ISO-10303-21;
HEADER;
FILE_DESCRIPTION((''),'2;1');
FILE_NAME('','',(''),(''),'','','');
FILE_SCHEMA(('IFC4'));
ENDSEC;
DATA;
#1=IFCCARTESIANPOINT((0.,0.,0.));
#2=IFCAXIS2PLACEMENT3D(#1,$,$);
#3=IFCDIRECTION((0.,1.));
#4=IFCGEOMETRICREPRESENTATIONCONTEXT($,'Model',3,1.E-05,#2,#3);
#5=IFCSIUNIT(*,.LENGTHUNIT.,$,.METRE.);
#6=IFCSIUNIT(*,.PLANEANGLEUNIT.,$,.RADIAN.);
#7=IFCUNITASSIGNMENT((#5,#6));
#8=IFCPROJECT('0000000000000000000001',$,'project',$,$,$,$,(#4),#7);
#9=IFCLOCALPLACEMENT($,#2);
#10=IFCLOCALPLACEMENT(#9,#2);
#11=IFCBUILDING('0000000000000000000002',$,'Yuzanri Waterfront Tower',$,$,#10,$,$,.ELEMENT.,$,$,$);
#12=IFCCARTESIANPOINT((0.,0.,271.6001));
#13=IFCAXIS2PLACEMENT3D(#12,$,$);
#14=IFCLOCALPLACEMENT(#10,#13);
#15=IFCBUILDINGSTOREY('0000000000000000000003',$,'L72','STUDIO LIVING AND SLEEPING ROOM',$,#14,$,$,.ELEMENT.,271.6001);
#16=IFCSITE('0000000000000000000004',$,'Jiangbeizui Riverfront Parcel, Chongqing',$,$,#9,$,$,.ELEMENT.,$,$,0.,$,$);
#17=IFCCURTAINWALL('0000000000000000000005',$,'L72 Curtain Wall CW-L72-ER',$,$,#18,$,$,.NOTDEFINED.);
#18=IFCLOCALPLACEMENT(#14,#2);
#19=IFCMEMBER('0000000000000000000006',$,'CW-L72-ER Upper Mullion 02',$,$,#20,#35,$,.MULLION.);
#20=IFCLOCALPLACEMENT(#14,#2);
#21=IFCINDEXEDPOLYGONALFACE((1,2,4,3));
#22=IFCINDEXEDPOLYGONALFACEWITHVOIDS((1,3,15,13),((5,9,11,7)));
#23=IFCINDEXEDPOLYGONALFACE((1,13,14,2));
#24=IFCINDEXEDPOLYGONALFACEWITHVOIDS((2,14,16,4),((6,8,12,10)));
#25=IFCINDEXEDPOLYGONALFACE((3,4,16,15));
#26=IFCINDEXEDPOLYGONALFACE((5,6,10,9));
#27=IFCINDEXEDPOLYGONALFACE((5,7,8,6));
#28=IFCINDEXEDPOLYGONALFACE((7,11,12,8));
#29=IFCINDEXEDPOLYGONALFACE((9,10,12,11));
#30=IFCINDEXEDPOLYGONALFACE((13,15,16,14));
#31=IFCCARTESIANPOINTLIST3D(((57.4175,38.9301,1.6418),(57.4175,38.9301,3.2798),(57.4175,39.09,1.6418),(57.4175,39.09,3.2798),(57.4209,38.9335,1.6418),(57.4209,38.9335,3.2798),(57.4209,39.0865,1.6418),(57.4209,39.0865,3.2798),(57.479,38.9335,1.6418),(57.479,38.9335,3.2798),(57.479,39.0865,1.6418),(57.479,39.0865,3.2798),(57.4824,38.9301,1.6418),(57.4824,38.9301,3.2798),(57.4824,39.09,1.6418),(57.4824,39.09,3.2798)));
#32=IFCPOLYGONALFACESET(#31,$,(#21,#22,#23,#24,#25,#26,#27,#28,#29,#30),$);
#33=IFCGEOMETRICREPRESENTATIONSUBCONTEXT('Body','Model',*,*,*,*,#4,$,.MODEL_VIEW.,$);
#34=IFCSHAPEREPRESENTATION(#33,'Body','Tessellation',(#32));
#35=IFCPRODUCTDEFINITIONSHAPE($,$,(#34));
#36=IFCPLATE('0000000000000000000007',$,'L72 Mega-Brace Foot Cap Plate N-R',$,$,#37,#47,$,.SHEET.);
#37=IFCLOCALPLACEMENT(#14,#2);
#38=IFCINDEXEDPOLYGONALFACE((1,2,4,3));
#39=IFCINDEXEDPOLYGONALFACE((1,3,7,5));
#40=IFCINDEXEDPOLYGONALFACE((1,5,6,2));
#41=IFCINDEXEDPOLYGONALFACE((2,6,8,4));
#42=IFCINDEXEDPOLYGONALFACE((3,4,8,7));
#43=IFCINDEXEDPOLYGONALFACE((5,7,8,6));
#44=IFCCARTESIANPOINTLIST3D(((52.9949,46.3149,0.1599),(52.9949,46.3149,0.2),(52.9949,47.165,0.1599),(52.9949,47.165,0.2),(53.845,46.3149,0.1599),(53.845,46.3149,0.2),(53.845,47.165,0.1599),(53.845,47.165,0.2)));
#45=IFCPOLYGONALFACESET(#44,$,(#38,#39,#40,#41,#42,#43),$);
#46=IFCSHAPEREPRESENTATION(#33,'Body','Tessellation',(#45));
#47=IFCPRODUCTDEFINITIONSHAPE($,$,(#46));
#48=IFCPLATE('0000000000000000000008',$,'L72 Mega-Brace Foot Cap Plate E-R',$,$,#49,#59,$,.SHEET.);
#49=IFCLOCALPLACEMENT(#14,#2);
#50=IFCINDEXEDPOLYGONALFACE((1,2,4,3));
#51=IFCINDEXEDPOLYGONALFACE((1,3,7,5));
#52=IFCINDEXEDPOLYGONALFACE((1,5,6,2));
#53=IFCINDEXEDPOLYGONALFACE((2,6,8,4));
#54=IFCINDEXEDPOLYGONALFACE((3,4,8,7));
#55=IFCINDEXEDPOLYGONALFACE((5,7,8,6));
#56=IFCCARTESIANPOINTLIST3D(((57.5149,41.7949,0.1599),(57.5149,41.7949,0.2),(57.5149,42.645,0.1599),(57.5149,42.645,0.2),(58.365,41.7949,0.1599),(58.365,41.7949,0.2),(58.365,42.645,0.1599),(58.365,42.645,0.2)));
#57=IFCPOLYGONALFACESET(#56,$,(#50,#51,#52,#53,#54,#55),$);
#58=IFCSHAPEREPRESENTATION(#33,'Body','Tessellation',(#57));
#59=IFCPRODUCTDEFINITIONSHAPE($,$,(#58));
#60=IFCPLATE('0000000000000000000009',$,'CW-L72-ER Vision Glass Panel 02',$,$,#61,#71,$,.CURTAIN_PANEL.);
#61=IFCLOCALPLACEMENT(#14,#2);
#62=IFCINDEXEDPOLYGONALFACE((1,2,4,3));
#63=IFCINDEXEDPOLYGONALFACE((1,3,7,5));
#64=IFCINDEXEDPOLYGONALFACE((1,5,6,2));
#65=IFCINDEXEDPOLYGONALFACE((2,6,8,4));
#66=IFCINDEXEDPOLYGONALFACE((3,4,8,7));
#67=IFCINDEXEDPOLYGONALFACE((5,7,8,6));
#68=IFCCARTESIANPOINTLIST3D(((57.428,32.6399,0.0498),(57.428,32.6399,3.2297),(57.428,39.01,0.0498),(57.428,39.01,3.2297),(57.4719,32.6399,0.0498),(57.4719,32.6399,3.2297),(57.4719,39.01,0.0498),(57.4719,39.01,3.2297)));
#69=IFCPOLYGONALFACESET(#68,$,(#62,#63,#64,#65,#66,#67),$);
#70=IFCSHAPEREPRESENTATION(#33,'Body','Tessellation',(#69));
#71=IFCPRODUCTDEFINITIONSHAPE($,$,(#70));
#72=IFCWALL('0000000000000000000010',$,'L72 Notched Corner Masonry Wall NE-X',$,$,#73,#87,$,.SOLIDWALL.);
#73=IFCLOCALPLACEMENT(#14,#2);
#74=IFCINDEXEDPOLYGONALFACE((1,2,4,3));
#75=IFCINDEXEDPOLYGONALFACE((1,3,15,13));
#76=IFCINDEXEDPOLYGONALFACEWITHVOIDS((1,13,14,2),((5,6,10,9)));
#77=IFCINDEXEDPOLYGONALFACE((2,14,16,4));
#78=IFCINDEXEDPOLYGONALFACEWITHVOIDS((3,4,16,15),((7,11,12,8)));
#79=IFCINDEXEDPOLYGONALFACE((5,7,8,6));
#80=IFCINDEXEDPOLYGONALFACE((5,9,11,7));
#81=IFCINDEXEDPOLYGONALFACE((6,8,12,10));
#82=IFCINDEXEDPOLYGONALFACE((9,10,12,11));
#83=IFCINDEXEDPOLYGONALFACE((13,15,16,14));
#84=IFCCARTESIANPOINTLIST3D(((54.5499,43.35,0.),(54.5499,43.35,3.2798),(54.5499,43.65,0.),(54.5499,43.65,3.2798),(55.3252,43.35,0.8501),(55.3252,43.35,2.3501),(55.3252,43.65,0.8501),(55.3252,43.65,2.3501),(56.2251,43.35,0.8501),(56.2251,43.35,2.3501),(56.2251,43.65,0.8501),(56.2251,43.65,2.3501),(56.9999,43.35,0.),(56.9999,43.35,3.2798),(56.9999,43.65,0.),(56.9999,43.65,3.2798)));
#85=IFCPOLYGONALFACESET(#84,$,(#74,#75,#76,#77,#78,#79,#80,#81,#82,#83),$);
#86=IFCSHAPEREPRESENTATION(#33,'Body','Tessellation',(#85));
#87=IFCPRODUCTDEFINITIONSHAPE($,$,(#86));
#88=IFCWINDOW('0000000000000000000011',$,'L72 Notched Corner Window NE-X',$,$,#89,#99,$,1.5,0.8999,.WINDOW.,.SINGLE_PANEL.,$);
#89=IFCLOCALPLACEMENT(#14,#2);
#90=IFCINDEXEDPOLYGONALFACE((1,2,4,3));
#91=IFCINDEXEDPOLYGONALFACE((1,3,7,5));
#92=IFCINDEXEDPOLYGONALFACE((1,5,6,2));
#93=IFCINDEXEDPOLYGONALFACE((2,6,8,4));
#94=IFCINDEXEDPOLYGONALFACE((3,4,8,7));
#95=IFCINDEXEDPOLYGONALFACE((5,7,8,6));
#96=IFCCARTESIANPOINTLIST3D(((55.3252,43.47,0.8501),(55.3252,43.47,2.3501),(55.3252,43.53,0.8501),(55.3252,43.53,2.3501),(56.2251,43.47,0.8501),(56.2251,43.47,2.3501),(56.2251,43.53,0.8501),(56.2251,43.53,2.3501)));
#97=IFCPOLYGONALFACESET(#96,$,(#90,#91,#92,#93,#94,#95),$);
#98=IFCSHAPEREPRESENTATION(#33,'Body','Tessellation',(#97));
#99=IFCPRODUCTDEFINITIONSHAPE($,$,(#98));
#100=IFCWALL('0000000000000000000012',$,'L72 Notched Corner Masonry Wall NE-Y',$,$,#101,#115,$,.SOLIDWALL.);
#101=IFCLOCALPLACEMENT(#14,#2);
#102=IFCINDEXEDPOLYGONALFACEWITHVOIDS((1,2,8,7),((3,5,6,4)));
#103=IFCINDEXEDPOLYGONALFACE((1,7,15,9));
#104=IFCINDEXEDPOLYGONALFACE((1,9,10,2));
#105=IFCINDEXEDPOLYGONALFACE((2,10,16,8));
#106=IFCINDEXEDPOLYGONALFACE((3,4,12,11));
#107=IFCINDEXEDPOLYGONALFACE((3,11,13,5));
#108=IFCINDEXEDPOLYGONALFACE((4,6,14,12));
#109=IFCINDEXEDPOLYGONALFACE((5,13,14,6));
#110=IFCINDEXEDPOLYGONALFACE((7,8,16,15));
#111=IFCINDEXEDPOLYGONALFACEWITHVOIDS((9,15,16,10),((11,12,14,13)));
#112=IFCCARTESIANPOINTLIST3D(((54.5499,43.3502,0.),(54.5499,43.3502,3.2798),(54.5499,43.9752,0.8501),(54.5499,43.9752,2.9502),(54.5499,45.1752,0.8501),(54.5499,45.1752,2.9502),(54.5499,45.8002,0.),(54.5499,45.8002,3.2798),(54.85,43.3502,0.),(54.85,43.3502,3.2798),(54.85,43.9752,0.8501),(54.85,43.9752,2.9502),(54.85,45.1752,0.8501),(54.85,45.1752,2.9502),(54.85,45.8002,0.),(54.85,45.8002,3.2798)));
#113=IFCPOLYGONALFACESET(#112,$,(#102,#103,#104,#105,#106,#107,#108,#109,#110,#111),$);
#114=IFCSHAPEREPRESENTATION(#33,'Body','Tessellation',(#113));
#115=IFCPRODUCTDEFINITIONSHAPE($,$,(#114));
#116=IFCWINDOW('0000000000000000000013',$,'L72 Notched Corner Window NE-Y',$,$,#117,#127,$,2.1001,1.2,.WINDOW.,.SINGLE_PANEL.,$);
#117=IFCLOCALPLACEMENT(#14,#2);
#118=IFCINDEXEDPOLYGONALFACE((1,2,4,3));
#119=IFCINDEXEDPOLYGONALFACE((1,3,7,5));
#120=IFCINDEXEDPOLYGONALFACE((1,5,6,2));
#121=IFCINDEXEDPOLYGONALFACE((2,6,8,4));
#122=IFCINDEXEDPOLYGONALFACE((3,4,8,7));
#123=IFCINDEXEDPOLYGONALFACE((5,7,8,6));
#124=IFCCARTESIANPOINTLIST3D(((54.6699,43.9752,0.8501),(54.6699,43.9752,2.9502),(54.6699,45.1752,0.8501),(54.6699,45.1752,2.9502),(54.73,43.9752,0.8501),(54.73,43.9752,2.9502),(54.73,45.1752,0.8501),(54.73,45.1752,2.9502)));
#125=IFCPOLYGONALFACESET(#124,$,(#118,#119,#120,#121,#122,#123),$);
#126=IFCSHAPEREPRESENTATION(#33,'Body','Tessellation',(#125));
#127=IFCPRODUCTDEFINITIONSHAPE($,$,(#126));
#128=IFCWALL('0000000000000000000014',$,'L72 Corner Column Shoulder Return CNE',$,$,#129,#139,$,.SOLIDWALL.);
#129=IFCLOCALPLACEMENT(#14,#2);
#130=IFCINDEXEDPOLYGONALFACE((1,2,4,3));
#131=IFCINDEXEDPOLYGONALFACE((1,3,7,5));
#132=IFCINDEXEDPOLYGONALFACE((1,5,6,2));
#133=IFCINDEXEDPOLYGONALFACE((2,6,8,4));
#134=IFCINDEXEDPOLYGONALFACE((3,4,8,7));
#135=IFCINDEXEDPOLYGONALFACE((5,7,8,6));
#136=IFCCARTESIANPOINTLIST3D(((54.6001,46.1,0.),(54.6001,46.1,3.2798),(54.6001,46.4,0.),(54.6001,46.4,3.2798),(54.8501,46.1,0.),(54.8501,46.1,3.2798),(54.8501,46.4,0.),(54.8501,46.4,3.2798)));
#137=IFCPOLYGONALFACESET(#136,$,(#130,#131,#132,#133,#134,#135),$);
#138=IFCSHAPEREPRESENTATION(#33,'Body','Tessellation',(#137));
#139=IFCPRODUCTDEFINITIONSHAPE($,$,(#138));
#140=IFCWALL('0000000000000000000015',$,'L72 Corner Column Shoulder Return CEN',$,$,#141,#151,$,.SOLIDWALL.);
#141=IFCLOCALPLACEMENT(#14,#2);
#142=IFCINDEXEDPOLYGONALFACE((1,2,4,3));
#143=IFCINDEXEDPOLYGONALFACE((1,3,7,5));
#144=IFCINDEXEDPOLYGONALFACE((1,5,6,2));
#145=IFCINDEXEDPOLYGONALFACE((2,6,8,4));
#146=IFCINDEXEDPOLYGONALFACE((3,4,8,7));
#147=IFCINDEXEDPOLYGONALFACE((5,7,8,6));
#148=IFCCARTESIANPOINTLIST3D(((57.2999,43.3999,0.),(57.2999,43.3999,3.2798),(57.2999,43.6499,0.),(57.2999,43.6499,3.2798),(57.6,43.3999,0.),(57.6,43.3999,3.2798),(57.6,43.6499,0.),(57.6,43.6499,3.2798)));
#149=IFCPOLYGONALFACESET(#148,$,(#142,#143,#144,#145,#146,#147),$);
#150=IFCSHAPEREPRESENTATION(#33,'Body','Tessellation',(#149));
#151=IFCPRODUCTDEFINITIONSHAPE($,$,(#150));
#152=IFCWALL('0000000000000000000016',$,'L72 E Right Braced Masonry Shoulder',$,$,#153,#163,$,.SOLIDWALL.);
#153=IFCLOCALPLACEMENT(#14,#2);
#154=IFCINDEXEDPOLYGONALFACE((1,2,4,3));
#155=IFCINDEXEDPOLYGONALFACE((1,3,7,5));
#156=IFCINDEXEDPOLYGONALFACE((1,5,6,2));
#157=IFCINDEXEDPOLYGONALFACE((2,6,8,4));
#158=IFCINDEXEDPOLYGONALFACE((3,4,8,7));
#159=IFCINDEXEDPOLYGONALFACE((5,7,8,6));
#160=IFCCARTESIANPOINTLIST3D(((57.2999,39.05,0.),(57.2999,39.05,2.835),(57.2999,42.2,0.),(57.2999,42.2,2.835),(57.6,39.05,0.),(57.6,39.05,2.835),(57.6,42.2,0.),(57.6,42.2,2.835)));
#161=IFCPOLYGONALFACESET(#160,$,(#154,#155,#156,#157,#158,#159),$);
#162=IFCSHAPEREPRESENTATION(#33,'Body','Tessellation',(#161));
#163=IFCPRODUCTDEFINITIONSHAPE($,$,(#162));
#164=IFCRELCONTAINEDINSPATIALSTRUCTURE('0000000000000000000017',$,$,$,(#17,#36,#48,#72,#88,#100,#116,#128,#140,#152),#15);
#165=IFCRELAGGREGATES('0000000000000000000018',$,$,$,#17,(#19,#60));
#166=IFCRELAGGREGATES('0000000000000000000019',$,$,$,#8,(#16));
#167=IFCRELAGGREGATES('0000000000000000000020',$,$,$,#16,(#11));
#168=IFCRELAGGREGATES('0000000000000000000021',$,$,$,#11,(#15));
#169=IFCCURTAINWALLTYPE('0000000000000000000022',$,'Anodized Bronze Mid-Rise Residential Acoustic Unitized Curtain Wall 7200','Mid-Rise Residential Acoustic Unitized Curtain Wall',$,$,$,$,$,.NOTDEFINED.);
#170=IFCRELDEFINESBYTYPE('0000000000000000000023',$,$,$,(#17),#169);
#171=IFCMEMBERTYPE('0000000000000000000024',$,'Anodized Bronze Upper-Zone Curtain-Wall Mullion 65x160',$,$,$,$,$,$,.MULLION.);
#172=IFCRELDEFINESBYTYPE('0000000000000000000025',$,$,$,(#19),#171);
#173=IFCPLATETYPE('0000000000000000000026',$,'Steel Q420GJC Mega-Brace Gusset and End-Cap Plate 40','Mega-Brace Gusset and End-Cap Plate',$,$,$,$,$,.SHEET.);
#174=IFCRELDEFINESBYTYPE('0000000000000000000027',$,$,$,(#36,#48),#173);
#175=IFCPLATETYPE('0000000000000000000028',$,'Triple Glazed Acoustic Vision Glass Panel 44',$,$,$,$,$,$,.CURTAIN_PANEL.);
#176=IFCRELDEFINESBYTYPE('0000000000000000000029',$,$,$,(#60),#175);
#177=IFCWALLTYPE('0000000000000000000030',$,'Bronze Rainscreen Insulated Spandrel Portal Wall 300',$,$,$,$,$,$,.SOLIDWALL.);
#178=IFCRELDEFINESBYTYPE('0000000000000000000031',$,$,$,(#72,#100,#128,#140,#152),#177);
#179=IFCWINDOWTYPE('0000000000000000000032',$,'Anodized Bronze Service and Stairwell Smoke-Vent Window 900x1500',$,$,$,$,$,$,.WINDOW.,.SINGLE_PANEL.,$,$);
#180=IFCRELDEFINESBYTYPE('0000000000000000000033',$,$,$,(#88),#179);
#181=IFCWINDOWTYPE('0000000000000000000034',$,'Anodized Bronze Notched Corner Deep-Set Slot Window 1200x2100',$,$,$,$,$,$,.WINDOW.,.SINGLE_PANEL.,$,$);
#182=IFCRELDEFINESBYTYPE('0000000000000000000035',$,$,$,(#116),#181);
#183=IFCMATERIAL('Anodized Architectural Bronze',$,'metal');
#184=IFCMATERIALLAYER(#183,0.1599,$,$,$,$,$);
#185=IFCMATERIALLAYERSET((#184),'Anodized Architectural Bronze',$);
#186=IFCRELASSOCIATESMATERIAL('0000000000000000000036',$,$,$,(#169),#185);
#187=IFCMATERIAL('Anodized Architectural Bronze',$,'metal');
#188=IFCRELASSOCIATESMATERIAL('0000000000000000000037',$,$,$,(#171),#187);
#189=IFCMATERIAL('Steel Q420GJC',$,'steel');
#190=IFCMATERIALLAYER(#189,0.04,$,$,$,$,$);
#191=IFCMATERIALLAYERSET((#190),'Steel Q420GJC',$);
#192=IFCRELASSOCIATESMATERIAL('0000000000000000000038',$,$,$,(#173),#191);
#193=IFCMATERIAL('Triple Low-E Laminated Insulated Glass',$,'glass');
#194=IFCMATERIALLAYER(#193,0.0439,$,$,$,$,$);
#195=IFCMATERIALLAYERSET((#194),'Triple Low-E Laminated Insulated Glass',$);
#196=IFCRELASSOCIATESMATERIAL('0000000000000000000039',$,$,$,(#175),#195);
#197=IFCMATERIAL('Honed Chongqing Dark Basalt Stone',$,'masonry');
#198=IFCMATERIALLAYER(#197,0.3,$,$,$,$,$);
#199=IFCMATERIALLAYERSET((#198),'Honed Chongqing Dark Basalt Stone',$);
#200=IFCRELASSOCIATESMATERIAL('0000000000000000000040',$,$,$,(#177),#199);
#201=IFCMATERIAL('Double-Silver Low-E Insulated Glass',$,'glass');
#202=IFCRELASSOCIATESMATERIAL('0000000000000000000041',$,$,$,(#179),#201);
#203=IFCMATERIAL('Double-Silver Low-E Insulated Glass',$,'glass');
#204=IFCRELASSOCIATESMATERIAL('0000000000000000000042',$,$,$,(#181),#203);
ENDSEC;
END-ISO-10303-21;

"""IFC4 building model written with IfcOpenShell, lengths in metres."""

from ifc_helpers import new_model, si_unit, direction, frame, frame_2d, origin, origin_2d, place, context, subcontext, project, spatial, rectangle, hollow_rectangle, extrude, source, transform, mapped, material, layer, layer_set, material_profile, profile_set, type_object, element, fill, aggregate, save


model = new_model("IFC4")

# Units and contexts
model_context = context("Model", 3, precision=1e-05, world=origin(), true_north=direction((0.0, 1.0)))
body_context = subcontext(model_context, "Body", "Model", "MODEL_VIEW")
ifc_project = project(units=[si_unit("LENGTHUNIT", "METRE"), si_unit("PLANEANGLEUNIT", "RADIAN")], contexts=[model_context])

# Site, building, storey
site_placement = place(None, origin())
site = spatial("IfcSite", under=ifc_project, at=site_placement, Name="Jiangbeizui Riverfront Parcel, Chongqing", CompositionType="ELEMENT", RefElevation=0.0)
building_placement = place(site_placement, origin())
building = spatial("IfcBuilding", under=site, at=building_placement, Name="Yuzanri Waterfront Tower", CompositionType="ELEMENT")
storey_placement = place(building_placement, frame((0.0, 0.0, 271.6001)))
storey = spatial("IfcBuildingStorey", under=building, at=storey_placement, Name="L72", Description="STUDIO LIVING AND SLEEPING ROOM", CompositionType="ELEMENT", Elevation=271.6001)

# Curtain wall, member
ifc_material_1 = material(Name="Anodized Architectural Bronze", Category="metal")
ifc_layer_1 = layer(ifc_material_1, 0.1599)
ifc_layer_set_1 = layer_set([ifc_layer_1], Name="Anodized Architectural Bronze")
curtain_wall_type = type_object("IfcCurtainWallType", Name="Anodized Bronze Mid-Rise Residential Acoustic Unitized Curtain Wall 7200", Description="Mid-Rise Residential Acoustic Unitized Curtain Wall", PredefinedType="NOTDEFINED", material=ifc_layer_set_1)
curtain_wall_placement = place(storey_placement, origin())
curtain_wall = element("IfcCurtainWall", 1, at=curtain_wall_placement, inside=storey, type_object=curtain_wall_type, Name="L72 Curtain Wall CW-L72-ER", PredefinedType="NOTDEFINED")
ifc_material_2 = material(Name="Anodized Architectural Bronze", Category="metal")
ifc_material_profile_1 = material_profile(ifc_material_2, hollow_rectangle(XDim=0.0649, YDim=0.1599, WallThickness=0.0034, at=origin_2d()), Name="CWM 65x160")
ifc_profile_set_1 = profile_set([ifc_material_profile_1], Name="Anodized Architectural Bronze")
member_type_1 = type_object("IfcMemberType", Name="Anodized Bronze Upper-Zone Curtain-Wall Mullion 65x160", PredefinedType="MULLION", material=ifc_profile_set_1)
shared_shape_1 = source(origin(), body_context, "Body", "SweptSolid", [
    extrude(hollow_rectangle(XDim=0.0649, YDim=0.1599, WallThickness=0.0034, at=origin_2d()), origin(), (0.0, 0.0, 1.0), 1.6379),
])
member_1_placement = place(storey_placement, frame((57.45, 39.01, 1.6418), z_axis=(0.0, 0.0, 1.0), x_axis=(1.0, 0.0, 0.0)))
member_1 = element("IfcMember", 2, at=member_1_placement, type_object=member_type_1, Name="CW-L72-ER Upper Mullion 02", PredefinedType="MULLION", context=body_context, shape_type="MappedRepresentation", body=[
    mapped(shared_shape_1, transform((0.0, 0.0, 0.0), scale=1.0)),
])

# Plates
ifc_material_3 = material(Name="Steel Q420GJC", Category="steel")
ifc_layer_2 = layer(ifc_material_3, 0.04)
ifc_layer_set_2 = layer_set([ifc_layer_2], Name="Steel Q420GJC")
plate_type_1 = type_object("IfcPlateType", Name="Steel Q420GJC Mega-Brace Gusset and End-Cap Plate 40", Description="Mega-Brace Gusset and End-Cap Plate", PredefinedType="SHEET", material=ifc_layer_set_2)
shared_shape_2 = source(origin(), body_context, "Body", "SweptSolid", [
    extrude(rectangle(XDim=0.8501, YDim=0.8501, at=origin_2d()), origin(), (0.0, 0.0, 1.0), 0.04),
])
for number, where, z_axis, x_axis, name in (
    (3, (53.4199, 46.74, 0.1599), (0.0, 0.0, 1.0), (1.0, 0.0, 0.0), "L72 Mega-Brace Foot Cap Plate N-R"),
    (4, (57.9399, 42.22, 0.1599), (0.0, 0.0, 1.0), (1.0, 0.0, 0.0), "L72 Mega-Brace Foot Cap Plate E-R"),
):
    element("IfcPlate", number, at=place(storey_placement, frame(where, z_axis=z_axis, x_axis=x_axis)), inside=storey, type_object=plate_type_1, Name=name, PredefinedType="SHEET", context=body_context, shape_type="MappedRepresentation", body=[
        mapped(shared_shape_2, transform((0.0, 0.0, 0.0), scale=1.0)),
    ])

# Plate
ifc_material_4 = material(Name="Triple Low-E Laminated Insulated Glass", Category="glass")
ifc_layer_3 = layer(ifc_material_4, 0.0439)
ifc_layer_set_3 = layer_set([ifc_layer_3], Name="Triple Low-E Laminated Insulated Glass")
plate_type_2 = type_object("IfcPlateType", Name="Triple Glazed Acoustic Vision Glass Panel 44", PredefinedType="CURTAIN_PANEL", material=ifc_layer_set_3)
shared_shape_3 = source(origin(), body_context, "Body", "SweptSolid", [
    extrude(rectangle(XDim=6.3701, YDim=0.0439, at=origin_2d()), origin(), (0.0, 0.0, 1.0), 3.1799),
])
plate_placement = place(storey_placement, frame((57.45, 35.825, 0.0498), z_axis=(0.0, 0.0, 1.0), x_axis=(0.0, 1.0, 0.0)))
plate = element("IfcPlate", 5, at=plate_placement, type_object=plate_type_2, Name="CW-L72-ER Vision Glass Panel 02", PredefinedType="CURTAIN_PANEL", context=body_context, shape_type="MappedRepresentation", body=[
    mapped(shared_shape_3, transform((0.0, 0.0, 0.0), scale=1.0)),
])
aggregate(curtain_wall, [member_1, plate])

# Walls, openings, windows
ifc_material_5 = material(Name="Honed Chongqing Dark Basalt Stone", Category="masonry")
ifc_layer_4 = layer(ifc_material_5, 0.3)
ifc_layer_set_4 = layer_set([ifc_layer_4], Name="Honed Chongqing Dark Basalt Stone")
wall_type_1 = type_object("IfcWallType", Name="Bronze Rainscreen Insulated Spandrel Portal Wall 300", PredefinedType="SOLIDWALL", material=ifc_layer_set_4)
wall_1_placement = place(storey_placement, frame((57.0, 43.5, 0.0), z_axis=(0.0, 0.0, 1.0), x_axis=(-1.0, 0.0, 0.0)))
wall_1 = element("IfcWall", 6, at=wall_1_placement, inside=storey, type_object=wall_type_1, Name="L72 Notched Corner Masonry Wall NE-X", PredefinedType="SOLIDWALL", context=body_context, shape_type="SweptSolid", body=[
    extrude(rectangle(XDim=2.45, YDim=0.3, at=frame_2d((1.2251, 0.0))), origin(), (0.0, 0.0, 1.0), 3.2798),
])
opening_1_placement = place(wall_1_placement, frame((0.7749, 0.0, 0.8501)))
opening_1 = element("IfcOpeningElement", 7, at=opening_1_placement, cuts=wall_1, PredefinedType="OPENING", context=body_context, shape_type="SweptSolid", body=[
    extrude(rectangle(XDim=0.8999, YDim=1.5, at=frame_2d((0.45, 0.75))), frame((0.0, 0.165, 0.0), z_axis=(0.0, -1.0, 0.0), x_axis=(1.0, 0.0, 0.0)), (0.0, 0.0, 1.0), 0.3298),
])
ifc_material_6 = material(Name="Double-Silver Low-E Insulated Glass", Category="glass")
window_type_1 = type_object("IfcWindowType", Name="Anodized Bronze Service and Stairwell Smoke-Vent Window 900x1500", PartitioningType="SINGLE_PANEL", PredefinedType="WINDOW", material=ifc_material_6)
shared_shape_4 = source(origin(), body_context, "Body", "SweptSolid", [
    extrude(rectangle(XDim=0.8999, YDim=1.5, at=frame_2d((0.45, 0.75))), frame((0.0, 0.03, 0.0), z_axis=(0.0, -1.0, 0.0), x_axis=(1.0, 0.0, 0.0)), (0.0, 0.0, 1.0), 0.0601),
])
window_1_placement = place(opening_1_placement, origin())
window_1 = element("IfcWindow", 8, at=window_1_placement, inside=storey, type_object=window_type_1, Name="L72 Notched Corner Window NE-X", OverallHeight=1.5, OverallWidth=0.8999, PartitioningType="SINGLE_PANEL", PredefinedType="WINDOW", context=body_context, shape_type="MappedRepresentation", body=[
    mapped(shared_shape_4, transform((0.0, 0.0, 0.0), scale=1.0)),
])
fill(opening_1, window_1)
wall_2_placement = place(storey_placement, frame((54.7, 43.3501, 0.0), z_axis=(0.0, 0.0, 1.0), x_axis=(0.0, 1.0, 0.0)))
wall_2 = element("IfcWall", 9, at=wall_2_placement, inside=storey, type_object=wall_type_1, Name="L72 Notched Corner Masonry Wall NE-Y", PredefinedType="SOLIDWALL", context=body_context, shape_type="SweptSolid", body=[
    extrude(rectangle(XDim=2.45, YDim=0.3, at=frame_2d((1.2251, 0.0))), origin(), (0.0, 0.0, 1.0), 3.2798),
])
opening_2_placement = place(wall_2_placement, frame((0.625, 0.0, 0.8501)))
opening_2 = element("IfcOpeningElement", 10, at=opening_2_placement, cuts=wall_2, PredefinedType="OPENING", context=body_context, shape_type="SweptSolid", body=[
    extrude(rectangle(XDim=1.2, YDim=2.1001, at=frame_2d((0.6001, 1.05))), frame((0.0, 0.165, 0.0), z_axis=(0.0, -1.0, 0.0), x_axis=(1.0, 0.0, 0.0)), (0.0, 0.0, 1.0), 0.3298),
])
ifc_material_7 = material(Name="Double-Silver Low-E Insulated Glass", Category="glass")
window_type_2 = type_object("IfcWindowType", Name="Anodized Bronze Notched Corner Deep-Set Slot Window 1200x2100", PartitioningType="SINGLE_PANEL", PredefinedType="WINDOW", material=ifc_material_7)
shared_shape_5 = source(origin(), body_context, "Body", "SweptSolid", [
    extrude(rectangle(XDim=1.2, YDim=2.1001, at=frame_2d((0.6001, 1.05))), frame((0.0, 0.03, 0.0), z_axis=(0.0, -1.0, 0.0), x_axis=(1.0, 0.0, 0.0)), (0.0, 0.0, 1.0), 0.0601),
])
window_2_placement = place(opening_2_placement, origin())
window_2 = element("IfcWindow", 11, at=window_2_placement, inside=storey, type_object=window_type_2, Name="L72 Notched Corner Window NE-Y", OverallHeight=2.1001, OverallWidth=1.2, PartitioningType="SINGLE_PANEL", PredefinedType="WINDOW", context=body_context, shape_type="MappedRepresentation", body=[
    mapped(shared_shape_5, transform((0.0, 0.0, 0.0), scale=1.0)),
])
fill(opening_2, window_2)

# Walls
shared_shape_6 = source(origin(), body_context, "Body", "SweptSolid", [
    extrude(rectangle(XDim=0.25, YDim=0.3, at=frame_2d((0.125, 0.0))), origin(), (0.0, 0.0, 1.0), 3.2798),
])
for number, where, z_axis, x_axis, name in (
    (12, (54.6001, 46.25, 0.0), (0.0, 0.0, 1.0), (1.0, 0.0, 0.0), "L72 Corner Column Shoulder Return CNE"),
    (13, (57.45, 43.3999, 0.0), (0.0, 0.0, 1.0), (0.0, 1.0, 0.0), "L72 Corner Column Shoulder Return CEN"),
):
    element("IfcWall", number, at=place(storey_placement, frame(where, z_axis=z_axis, x_axis=x_axis)), inside=storey, type_object=wall_type_1, Name=name, PredefinedType="SOLIDWALL", context=body_context, shape_type="MappedRepresentation", body=[
        mapped(shared_shape_6, transform((0.0, 0.0, 0.0), scale=1.0)),
    ])
shared_shape_7 = source(origin(), body_context, "Body", "SweptSolid", [
    extrude(rectangle(XDim=3.1499, YDim=0.3, at=frame_2d((1.575, 0.0))), origin(), (0.0, 0.0, 1.0), 2.835),
])
wall_3_placement = place(storey_placement, frame((57.45, 39.05, 0.0), z_axis=(0.0, 0.0, 1.0), x_axis=(0.0, 1.0, 0.0)))
element("IfcWall", 14, at=wall_3_placement, inside=storey, type_object=wall_type_1, Name="L72 E Right Braced Masonry Shoulder", PredefinedType="SOLIDWALL", context=body_context, shape_type="MappedRepresentation", body=[
    mapped(shared_shape_7, transform((0.0, 0.0, 0.0), scale=1.0)),
])

save(model, "model.ifc")
